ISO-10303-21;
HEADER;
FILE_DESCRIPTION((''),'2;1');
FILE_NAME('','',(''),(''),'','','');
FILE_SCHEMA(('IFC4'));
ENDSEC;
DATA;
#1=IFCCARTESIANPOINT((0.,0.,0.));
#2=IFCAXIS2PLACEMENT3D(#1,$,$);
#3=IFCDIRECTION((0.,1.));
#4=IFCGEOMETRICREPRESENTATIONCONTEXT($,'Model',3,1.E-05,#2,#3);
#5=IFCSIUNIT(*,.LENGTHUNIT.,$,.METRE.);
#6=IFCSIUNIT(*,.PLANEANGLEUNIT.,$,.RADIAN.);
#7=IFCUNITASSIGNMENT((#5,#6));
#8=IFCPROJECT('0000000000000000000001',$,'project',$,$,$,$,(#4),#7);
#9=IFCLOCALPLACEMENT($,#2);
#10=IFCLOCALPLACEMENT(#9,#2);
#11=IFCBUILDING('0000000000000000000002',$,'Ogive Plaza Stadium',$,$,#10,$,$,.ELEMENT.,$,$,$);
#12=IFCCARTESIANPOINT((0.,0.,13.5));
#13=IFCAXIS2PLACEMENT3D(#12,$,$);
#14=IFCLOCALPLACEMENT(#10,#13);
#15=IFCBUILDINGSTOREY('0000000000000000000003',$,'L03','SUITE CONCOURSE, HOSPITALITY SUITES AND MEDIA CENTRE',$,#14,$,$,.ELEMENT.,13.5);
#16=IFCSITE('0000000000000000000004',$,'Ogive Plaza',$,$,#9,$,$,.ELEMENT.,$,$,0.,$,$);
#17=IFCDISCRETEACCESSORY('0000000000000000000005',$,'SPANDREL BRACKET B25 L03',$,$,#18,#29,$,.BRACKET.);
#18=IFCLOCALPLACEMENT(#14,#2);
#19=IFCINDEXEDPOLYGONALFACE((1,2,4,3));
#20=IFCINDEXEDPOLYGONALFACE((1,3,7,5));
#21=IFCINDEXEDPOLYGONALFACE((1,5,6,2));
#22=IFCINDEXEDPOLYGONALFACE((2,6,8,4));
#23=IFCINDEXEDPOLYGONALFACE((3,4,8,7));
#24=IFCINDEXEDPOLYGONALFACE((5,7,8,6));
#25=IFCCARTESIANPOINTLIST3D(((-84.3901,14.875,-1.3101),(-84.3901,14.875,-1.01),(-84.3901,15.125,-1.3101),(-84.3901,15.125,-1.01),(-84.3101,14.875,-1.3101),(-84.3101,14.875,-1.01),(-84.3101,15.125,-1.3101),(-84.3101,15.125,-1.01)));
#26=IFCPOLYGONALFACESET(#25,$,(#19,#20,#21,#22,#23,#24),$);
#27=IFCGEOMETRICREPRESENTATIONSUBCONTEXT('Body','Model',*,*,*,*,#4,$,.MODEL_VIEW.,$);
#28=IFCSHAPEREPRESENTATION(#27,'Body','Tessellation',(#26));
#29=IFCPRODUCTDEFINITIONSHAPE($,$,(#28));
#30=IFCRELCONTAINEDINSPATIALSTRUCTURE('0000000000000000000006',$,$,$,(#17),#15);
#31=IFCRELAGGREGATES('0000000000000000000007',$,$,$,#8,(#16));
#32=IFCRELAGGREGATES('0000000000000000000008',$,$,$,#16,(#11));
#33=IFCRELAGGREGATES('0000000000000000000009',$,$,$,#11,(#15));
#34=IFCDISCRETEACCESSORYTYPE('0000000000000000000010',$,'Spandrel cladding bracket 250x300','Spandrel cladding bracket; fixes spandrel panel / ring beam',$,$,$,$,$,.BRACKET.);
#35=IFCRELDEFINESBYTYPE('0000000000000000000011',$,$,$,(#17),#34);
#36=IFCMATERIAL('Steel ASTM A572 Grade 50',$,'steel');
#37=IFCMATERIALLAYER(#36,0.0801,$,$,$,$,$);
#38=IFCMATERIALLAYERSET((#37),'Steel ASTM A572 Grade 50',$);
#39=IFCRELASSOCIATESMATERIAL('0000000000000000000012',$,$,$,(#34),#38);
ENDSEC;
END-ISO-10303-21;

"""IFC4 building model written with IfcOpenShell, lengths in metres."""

from ifc_helpers import new_model, si_unit, direction, frame, origin, origin_2d, place, context, subcontext, project, spatial, rectangle, extrude, material, layer, layer_set, type_object, element, save


model = new_model("IFC4")

# Units and contexts
model_context = context("Model", 3, precision=1e-05, world=origin(), true_north=direction((0.0, 1.0)))
body_context = subcontext(model_context, "Body", "Model", "MODEL_VIEW")
ifc_project = project(units=[si_unit("LENGTHUNIT", "METRE"), si_unit("PLANEANGLEUNIT", "RADIAN")], contexts=[model_context])

# Site, building, storey
site_placement = place(None, origin())
site = spatial("IfcSite", under=ifc_project, at=site_placement, Name="Ogive Plaza", CompositionType="ELEMENT", RefElevation=0.0)
building_placement = place(site_placement, origin())
building = spatial("IfcBuilding", under=site, at=building_placement, Name="Ogive Plaza Stadium", CompositionType="ELEMENT")
storey_placement = place(building_placement, frame((0.0, 0.0, 13.5)))
storey = spatial("IfcBuildingStorey", under=building, at=storey_placement, Name="L03", Description="SUITE CONCOURSE, HOSPITALITY SUITES AND MEDIA CENTRE", CompositionType="ELEMENT", Elevation=13.5)

# Discrete accessory
ifc_material_1 = material(Name="Steel ASTM A572 Grade 50", Category="steel")
ifc_layer_1 = layer(ifc_material_1, 0.0801)
ifc_layer_set_1 = layer_set([ifc_layer_1], Name="Steel ASTM A572 Grade 50")
discrete_accessory_type = type_object("IfcDiscreteAccessoryType", Name="Spandrel cladding bracket 250x300", Description="Spandrel cladding bracket; fixes spandrel panel / ring beam", PredefinedType="BRACKET", material=ifc_layer_set_1)
discrete_accessory_placement = place(storey_placement, frame((-84.3501, 15.0, -1.3101), z_axis=(0.0, 0.0, 1.0), x_axis=(0.0, 1.0, 0.0)))
element("IfcDiscreteAccessory", 1, at=discrete_accessory_placement, inside=storey, type_object=discrete_accessory_type, Name="SPANDREL BRACKET B25 L03", PredefinedType="BRACKET", context=body_context, shape_type="SweptSolid", body=[
    extrude(rectangle(XDim=0.25, YDim=0.0801, at=origin_2d()), origin(), (0.0, 0.0, 1.0), 0.3),
])

save(model, "model.ifc")
